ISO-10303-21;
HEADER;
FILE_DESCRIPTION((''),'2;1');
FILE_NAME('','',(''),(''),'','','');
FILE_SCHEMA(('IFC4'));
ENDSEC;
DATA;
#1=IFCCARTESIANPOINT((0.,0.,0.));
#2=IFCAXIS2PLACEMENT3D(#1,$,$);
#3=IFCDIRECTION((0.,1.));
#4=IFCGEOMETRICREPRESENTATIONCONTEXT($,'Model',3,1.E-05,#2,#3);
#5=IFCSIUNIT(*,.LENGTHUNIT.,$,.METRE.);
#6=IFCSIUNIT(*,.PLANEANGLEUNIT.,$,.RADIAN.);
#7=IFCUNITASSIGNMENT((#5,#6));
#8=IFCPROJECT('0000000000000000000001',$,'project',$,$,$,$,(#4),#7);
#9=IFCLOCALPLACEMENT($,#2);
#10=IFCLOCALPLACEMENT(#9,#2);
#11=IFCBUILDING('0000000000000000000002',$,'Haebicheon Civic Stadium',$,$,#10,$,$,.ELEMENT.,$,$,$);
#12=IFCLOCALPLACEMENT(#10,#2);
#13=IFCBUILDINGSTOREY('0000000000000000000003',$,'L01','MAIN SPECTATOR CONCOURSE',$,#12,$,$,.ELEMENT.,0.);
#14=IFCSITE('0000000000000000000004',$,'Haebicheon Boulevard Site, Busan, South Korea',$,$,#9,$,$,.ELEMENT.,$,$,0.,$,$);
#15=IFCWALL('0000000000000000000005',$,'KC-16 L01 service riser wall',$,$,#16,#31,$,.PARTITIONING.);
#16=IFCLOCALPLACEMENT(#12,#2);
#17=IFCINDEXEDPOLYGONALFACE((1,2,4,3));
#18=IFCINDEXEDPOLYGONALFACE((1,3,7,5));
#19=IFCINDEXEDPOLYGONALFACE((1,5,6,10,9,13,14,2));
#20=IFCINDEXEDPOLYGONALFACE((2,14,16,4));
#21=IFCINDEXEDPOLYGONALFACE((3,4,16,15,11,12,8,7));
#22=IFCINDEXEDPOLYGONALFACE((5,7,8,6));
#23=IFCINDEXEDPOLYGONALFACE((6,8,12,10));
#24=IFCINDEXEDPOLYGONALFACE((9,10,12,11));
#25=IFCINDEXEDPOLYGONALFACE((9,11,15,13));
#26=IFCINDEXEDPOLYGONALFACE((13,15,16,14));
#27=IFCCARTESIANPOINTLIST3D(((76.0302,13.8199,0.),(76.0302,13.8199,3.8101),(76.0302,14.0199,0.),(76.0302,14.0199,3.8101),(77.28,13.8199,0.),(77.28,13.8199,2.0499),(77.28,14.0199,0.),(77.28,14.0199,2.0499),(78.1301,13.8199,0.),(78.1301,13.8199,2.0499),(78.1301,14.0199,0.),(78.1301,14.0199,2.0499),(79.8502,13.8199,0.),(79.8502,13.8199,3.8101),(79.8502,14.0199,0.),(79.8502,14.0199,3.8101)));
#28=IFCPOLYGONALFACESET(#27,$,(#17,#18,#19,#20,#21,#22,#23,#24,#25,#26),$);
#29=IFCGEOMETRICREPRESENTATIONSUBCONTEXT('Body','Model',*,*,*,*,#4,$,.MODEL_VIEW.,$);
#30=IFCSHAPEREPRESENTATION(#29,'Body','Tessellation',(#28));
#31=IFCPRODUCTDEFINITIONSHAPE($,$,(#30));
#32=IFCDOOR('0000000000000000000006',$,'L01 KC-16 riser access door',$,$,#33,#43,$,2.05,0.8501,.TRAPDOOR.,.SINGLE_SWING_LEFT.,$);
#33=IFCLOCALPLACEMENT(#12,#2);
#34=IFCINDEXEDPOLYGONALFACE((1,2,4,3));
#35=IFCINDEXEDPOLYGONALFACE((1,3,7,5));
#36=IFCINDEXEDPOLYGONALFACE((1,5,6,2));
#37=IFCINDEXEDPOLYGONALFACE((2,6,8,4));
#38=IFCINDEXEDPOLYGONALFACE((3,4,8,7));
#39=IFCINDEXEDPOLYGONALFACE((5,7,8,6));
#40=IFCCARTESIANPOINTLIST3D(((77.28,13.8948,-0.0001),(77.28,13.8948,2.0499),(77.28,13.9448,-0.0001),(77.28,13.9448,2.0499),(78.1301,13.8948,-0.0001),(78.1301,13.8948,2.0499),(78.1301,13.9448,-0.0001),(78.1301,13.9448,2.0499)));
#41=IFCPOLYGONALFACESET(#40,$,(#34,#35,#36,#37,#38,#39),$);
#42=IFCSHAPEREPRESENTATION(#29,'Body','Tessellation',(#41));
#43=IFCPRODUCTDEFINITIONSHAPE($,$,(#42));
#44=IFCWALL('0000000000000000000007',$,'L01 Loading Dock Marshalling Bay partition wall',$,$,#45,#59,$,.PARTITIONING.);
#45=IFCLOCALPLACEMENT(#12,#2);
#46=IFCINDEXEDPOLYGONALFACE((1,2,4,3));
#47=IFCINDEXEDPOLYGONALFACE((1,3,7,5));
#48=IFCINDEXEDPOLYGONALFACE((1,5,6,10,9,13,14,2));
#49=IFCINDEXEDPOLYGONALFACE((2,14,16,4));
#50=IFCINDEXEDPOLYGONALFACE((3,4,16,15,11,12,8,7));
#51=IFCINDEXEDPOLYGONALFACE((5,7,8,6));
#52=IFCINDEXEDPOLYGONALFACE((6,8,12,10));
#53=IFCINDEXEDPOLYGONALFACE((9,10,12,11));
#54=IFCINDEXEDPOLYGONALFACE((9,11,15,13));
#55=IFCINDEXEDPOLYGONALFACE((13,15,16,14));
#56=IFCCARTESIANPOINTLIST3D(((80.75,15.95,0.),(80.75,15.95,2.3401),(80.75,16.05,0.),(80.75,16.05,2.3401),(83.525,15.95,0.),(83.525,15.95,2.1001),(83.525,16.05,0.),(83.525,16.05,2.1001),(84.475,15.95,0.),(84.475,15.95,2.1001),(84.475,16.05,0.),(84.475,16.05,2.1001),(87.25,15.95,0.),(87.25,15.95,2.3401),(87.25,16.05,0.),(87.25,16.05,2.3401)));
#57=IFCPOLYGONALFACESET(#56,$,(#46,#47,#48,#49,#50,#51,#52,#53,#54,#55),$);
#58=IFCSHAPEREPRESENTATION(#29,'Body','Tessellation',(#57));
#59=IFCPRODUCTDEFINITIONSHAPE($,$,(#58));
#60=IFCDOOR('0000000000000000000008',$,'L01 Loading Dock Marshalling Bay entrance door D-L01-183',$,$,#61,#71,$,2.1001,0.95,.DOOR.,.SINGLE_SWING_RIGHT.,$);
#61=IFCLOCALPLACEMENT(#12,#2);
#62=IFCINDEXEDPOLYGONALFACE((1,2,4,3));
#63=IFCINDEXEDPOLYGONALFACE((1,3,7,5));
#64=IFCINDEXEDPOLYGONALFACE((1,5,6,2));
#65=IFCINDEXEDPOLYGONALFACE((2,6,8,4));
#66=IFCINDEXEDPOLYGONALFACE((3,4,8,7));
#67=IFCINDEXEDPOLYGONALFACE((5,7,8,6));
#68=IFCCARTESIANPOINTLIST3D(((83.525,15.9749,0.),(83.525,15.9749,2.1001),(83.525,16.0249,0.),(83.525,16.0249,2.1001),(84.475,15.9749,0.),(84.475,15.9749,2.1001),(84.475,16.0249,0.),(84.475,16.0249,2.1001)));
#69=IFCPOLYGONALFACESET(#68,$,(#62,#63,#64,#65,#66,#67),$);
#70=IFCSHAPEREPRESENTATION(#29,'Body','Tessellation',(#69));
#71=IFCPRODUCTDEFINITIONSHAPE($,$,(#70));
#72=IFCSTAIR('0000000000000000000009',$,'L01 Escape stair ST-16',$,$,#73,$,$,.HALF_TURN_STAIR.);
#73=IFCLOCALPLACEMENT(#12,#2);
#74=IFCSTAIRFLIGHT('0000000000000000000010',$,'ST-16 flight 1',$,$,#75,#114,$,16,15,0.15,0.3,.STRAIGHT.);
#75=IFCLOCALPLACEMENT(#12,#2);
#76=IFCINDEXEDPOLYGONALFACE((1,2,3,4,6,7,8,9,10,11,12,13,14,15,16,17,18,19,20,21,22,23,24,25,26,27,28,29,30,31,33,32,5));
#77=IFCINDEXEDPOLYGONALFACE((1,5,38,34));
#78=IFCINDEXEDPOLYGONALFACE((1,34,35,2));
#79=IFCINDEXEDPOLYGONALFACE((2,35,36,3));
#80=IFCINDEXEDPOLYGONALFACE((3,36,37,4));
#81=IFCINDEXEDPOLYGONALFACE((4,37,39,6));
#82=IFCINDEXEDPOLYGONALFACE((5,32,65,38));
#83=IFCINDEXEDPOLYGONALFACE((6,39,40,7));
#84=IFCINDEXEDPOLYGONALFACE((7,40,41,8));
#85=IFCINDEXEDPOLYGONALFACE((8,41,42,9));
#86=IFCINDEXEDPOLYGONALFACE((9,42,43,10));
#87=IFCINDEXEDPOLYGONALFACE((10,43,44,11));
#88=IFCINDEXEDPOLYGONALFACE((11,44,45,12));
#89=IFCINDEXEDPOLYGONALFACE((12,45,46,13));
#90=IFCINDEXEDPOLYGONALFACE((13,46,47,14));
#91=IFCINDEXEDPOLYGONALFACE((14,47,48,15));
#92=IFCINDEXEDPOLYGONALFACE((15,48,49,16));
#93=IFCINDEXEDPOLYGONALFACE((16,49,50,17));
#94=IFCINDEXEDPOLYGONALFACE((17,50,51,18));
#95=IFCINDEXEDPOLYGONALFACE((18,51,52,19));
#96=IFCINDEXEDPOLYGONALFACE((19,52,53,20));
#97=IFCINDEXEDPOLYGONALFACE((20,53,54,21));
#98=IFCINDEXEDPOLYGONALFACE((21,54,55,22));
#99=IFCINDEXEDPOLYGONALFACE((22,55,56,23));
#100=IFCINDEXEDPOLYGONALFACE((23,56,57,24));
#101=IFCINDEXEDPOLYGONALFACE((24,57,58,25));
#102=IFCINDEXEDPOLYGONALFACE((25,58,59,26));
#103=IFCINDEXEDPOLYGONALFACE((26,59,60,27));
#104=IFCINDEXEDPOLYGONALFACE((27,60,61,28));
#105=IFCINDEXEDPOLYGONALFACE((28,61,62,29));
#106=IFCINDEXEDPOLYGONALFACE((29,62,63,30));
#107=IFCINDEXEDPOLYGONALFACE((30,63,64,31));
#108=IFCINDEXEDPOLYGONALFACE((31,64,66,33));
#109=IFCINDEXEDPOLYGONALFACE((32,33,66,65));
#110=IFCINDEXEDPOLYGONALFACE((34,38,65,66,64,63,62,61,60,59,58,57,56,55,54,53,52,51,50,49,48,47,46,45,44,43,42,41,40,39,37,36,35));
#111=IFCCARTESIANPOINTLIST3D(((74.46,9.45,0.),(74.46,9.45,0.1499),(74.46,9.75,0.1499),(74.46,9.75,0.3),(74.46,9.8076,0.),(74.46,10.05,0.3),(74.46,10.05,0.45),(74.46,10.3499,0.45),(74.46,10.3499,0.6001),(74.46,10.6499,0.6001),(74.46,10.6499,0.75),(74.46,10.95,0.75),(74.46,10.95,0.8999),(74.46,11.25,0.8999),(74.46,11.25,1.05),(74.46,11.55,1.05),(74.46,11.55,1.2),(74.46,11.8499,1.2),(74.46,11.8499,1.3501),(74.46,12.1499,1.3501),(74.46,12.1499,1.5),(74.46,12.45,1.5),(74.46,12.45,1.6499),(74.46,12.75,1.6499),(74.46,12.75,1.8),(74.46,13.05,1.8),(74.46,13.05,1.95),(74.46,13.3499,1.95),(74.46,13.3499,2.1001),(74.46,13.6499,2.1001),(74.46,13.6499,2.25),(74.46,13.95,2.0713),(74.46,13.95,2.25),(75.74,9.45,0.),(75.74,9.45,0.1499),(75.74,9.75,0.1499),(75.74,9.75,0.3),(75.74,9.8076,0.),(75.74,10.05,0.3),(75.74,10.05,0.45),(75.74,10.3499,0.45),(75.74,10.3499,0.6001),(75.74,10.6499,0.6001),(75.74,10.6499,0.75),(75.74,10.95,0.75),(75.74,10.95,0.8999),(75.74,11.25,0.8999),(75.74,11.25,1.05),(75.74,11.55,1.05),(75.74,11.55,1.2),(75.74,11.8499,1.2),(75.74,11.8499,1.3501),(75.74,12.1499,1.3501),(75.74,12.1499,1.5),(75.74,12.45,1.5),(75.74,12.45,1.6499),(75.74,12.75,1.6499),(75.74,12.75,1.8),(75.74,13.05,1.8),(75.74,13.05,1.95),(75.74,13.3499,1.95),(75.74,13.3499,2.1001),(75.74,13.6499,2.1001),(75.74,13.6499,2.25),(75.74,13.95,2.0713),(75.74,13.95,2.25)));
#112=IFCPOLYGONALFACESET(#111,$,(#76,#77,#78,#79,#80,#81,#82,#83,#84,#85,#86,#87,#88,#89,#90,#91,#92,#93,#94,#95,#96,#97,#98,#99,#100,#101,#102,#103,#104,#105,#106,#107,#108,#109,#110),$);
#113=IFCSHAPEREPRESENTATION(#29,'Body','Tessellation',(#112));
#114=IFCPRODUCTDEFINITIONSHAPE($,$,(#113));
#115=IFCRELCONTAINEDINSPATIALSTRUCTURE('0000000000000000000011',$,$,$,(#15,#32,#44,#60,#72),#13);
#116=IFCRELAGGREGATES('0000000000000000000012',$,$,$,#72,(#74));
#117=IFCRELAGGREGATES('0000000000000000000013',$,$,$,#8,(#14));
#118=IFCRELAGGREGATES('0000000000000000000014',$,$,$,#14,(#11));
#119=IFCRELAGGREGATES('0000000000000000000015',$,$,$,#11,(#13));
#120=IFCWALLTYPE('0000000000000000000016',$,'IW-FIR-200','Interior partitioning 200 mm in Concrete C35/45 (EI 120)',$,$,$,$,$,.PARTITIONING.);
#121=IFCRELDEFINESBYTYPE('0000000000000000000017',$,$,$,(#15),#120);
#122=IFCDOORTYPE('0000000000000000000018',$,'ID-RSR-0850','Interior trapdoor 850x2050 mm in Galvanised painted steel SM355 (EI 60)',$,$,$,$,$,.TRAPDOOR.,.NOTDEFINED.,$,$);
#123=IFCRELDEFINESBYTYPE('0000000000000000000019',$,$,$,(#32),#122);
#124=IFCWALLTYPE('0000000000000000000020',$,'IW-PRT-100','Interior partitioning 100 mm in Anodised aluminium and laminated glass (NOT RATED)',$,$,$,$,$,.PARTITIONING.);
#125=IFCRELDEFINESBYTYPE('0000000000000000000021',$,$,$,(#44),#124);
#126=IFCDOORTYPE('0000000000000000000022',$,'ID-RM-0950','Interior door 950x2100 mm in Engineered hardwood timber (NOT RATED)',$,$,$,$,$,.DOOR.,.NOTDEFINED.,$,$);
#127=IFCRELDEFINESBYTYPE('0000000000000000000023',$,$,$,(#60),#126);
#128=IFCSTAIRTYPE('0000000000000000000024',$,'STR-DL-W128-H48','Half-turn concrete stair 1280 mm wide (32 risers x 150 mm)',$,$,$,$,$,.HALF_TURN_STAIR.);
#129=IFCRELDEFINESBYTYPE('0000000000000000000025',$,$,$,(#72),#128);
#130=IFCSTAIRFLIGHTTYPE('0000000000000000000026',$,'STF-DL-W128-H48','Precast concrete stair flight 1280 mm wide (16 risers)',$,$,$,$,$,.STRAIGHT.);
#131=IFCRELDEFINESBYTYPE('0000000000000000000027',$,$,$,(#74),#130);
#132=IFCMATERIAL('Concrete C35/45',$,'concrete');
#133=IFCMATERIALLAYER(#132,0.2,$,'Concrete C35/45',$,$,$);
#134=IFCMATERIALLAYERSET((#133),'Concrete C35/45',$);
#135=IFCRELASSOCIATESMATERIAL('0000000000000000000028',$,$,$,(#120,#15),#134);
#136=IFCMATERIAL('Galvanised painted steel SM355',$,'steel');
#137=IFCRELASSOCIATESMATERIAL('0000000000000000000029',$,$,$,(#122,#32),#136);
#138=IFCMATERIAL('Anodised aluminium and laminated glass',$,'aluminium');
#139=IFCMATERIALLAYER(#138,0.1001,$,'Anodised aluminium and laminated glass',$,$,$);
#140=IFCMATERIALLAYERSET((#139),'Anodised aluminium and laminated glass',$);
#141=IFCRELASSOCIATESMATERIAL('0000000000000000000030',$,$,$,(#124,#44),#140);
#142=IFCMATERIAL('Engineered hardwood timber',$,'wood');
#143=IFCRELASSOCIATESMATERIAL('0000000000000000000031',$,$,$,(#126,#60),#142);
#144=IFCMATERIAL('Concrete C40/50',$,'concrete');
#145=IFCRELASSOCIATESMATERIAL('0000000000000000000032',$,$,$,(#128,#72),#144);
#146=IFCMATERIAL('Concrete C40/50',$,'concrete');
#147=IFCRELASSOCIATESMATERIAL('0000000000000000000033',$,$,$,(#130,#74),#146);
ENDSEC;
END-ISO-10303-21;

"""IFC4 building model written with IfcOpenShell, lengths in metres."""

from ifc_helpers import new_model, si_unit, direction, frame, frame_2d, origin, place, context, subcontext, project, spatial, polyline, rectangle, outline, extrude, material, layer, layer_set, type_object, element, fill, aggregate, save


model = new_model("IFC4")

# Units and contexts
model_context = context("Model", 3, precision=1e-05, world=origin(), true_north=direction((0.0, 1.0)))
body_context = subcontext(model_context, "Body", "Model", "MODEL_VIEW")
ifc_project = project(units=[si_unit("LENGTHUNIT", "METRE"), si_unit("PLANEANGLEUNIT", "RADIAN")], contexts=[model_context])

# Site, building, storey
site_placement = place(None, origin())
site = spatial("IfcSite", under=ifc_project, at=site_placement, Name="Haebicheon Boulevard Site, Busan, South Korea", CompositionType="ELEMENT", RefElevation=0.0)
building_placement = place(site_placement, origin())
building = spatial("IfcBuilding", under=site, at=building_placement, Name="Haebicheon Civic Stadium", CompositionType="ELEMENT")
storey_placement = place(building_placement, origin())
storey = spatial("IfcBuildingStorey", under=building, at=storey_placement, Name="L01", Description="MAIN SPECTATOR CONCOURSE", CompositionType="ELEMENT", Elevation=0.0)

# Walls, openings, doors
ifc_material_1 = material(Name="Concrete C35/45", Category="concrete")
ifc_layer_1 = layer(ifc_material_1, 0.2, Name="Concrete C35/45")
ifc_layer_set_1 = layer_set([ifc_layer_1], Name="Concrete C35/45")
wall_type_1 = type_object("IfcWallType", Name="IW-FIR-200", Description="Interior partitioning 200 mm in Concrete C35/45 (EI 120)", PredefinedType="PARTITIONING", material=ifc_layer_set_1)
wall_1_placement = place(storey_placement, frame((76.03, 13.9199, 0.0), z_axis=(0.0, 0.0, 1.0), x_axis=(1.0, 0.0, 0.0)))
wall_1 = element("IfcWall", 1, at=wall_1_placement, inside=storey, type_object=wall_type_1, material=ifc_layer_set_1, Name="KC-16 L01 service riser wall", PredefinedType="PARTITIONING", context=body_context, shape_type="SweptSolid", body=[
    extrude(rectangle(XDim=3.8201, YDim=0.2, at=frame_2d((1.9102, 0.0))), origin(), (0.0, 0.0, 1.0), 3.8101),
])
opening_1_placement = place(wall_1_placement, frame((1.25, 0.0, 0.0)))
opening_1 = element("IfcOpeningElement", 2, at=opening_1_placement, cuts=wall_1, PredefinedType="OPENING", context=body_context, shape_type="SweptSolid", body=[
    extrude(rectangle(XDim=0.8501, YDim=2.05, at=frame_2d((0.425, 1.0249))), frame((0.0, 0.1099, 0.0), z_axis=(0.0, -1.0, 0.0), x_axis=(1.0, 0.0, 0.0)), (0.0, 0.0, 1.0), 0.22),
])
ifc_material_2 = material(Name="Galvanised painted steel SM355", Category="steel")
door_type_1 = type_object("IfcDoorType", Name="ID-RSR-0850", Description="Interior trapdoor 850x2050 mm in Galvanised painted steel SM355 (EI 60)", OperationType="NOTDEFINED", PredefinedType="TRAPDOOR", material=ifc_material_2)
door_1_placement = place(opening_1_placement, origin())
door_1 = element("IfcDoor", 3, at=door_1_placement, inside=storey, type_object=door_type_1, material=ifc_material_2, Name="L01 KC-16 riser access door", OperationType="SINGLE_SWING_LEFT", OverallHeight=2.05, OverallWidth=0.8501, PredefinedType="TRAPDOOR", context=body_context, shape_type="SweptSolid", body=[
    extrude(rectangle(XDim=0.8501, YDim=2.05, at=frame_2d((0.425, 1.0249))), frame((0.0, 0.0249, 0.0), z_axis=(0.0, -1.0, 0.0), x_axis=(1.0, 0.0, 0.0)), (0.0, 0.0, 1.0), 0.05),
])
fill(opening_1, door_1)
ifc_material_3 = material(Name="Anodised aluminium and laminated glass", Category="aluminium")
ifc_layer_2 = layer(ifc_material_3, 0.1001, Name="Anodised aluminium and laminated glass")
ifc_layer_set_2 = layer_set([ifc_layer_2], Name="Anodised aluminium and laminated glass")
wall_type_2 = type_object("IfcWallType", Name="IW-PRT-100", Description="Interior partitioning 100 mm in Anodised aluminium and laminated glass (NOT RATED)", PredefinedType="PARTITIONING", material=ifc_layer_set_2)
wall_2_placement = place(storey_placement, frame((80.75, 16.0, 0.0), z_axis=(0.0, 0.0, 1.0), x_axis=(1.0, 0.0, 0.0)))
wall_2 = element("IfcWall", 4, at=wall_2_placement, inside=storey, type_object=wall_type_2, material=ifc_layer_set_2, Name="L01 Loading Dock Marshalling Bay partition wall", PredefinedType="PARTITIONING", context=body_context, shape_type="SweptSolid", body=[
    extrude(rectangle(XDim=6.5, YDim=0.1001, at=frame_2d((3.25, 0.0))), origin(), (0.0, 0.0, 1.0), 2.3401),
])
opening_2_placement = place(wall_2_placement, frame((2.7749, 0.0, 0.0)))
opening_2 = element("IfcOpeningElement", 5, at=opening_2_placement, cuts=wall_2, PredefinedType="OPENING", context=body_context, shape_type="SweptSolid", body=[
    extrude(rectangle(XDim=0.95, YDim=2.1001, at=frame_2d((0.4751, 1.05))), frame((0.0, 0.0601, 0.0), z_axis=(0.0, -1.0, 0.0), x_axis=(1.0, 0.0, 0.0)), (0.0, 0.0, 1.0), 0.1201),
])
ifc_material_4 = material(Name="Engineered hardwood timber", Category="wood")
door_type_2 = type_object("IfcDoorType", Name="ID-RM-0950", Description="Interior door 950x2100 mm in Engineered hardwood timber (NOT RATED)", OperationType="NOTDEFINED", PredefinedType="DOOR", material=ifc_material_4)
door_2_placement = place(opening_2_placement, origin())
door_2 = element("IfcDoor", 6, at=door_2_placement, inside=storey, type_object=door_type_2, material=ifc_material_4, Name="L01 Loading Dock Marshalling Bay entrance door D-L01-183", OperationType="SINGLE_SWING_RIGHT", OverallHeight=2.1001, OverallWidth=0.95, PredefinedType="DOOR", context=body_context, shape_type="SweptSolid", body=[
    extrude(rectangle(XDim=0.95, YDim=2.1001, at=frame_2d((0.4751, 1.05))), frame((0.0, 0.0249, 0.0), z_axis=(0.0, -1.0, 0.0), x_axis=(1.0, 0.0, 0.0)), (0.0, 0.0, 1.0), 0.05),
])
fill(opening_2, door_2)

# Stair, stair flight
ifc_material_5 = material(Name="Concrete C40/50", Category="concrete")
stair_type = type_object("IfcStairType", Name="STR-DL-W128-H48", Description="Half-turn concrete stair 1280 mm wide (32 risers x 150 mm)", PredefinedType="HALF_TURN_STAIR", material=ifc_material_5)
stair_placement = place(storey_placement, origin())
stair = element("IfcStair", 7, at=stair_placement, inside=storey, type_object=stair_type, material=ifc_material_5, Name="L01 Escape stair ST-16", PredefinedType="HALF_TURN_STAIR")
ifc_material_6 = material(Name="Concrete C40/50", Category="concrete")
stair_flight_type = type_object("IfcStairFlightType", Name="STF-DL-W128-H48", Description="Precast concrete stair flight 1280 mm wide (16 risers)", PredefinedType="STRAIGHT", material=ifc_material_6)
stair_flight_placement = place(storey_placement, frame((75.1001, 9.45, 0.0), z_axis=(0.0, 0.0, 1.0), x_axis=(0.0, 1.0, 0.0)))
stair_flight = element("IfcStairFlight", 8, at=stair_flight_placement, type_object=stair_flight_type, material=ifc_material_6, Name="ST-16 flight 1", NumberOfRisers=16, NumberOfTreads=15, PredefinedType="STRAIGHT", RiserHeight=0.15, TreadLength=0.3, context=body_context, shape_type="SweptSolid", body=[
    extrude(outline(polyline([(0.0, 0.0), (0.0, 0.1499), (0.3, 0.1499), (0.3, 0.3), (0.6001, 0.3), (0.6001, 0.45), (0.8999, 0.45), (0.8999, 0.6001), (1.2, 0.6001), (1.2, 0.75), (1.5, 0.75), (1.5, 0.8999), (1.8, 0.8999), (1.8, 1.05), (2.1001, 1.05), (2.1001, 1.2), (2.3999, 1.2), (2.3999, 1.3501), (2.7, 1.3501), (2.7, 1.5), (3.0, 1.5), (3.0, 1.6499), (3.3, 1.6499), (3.3, 1.8), (3.6001, 1.8), (3.6001, 1.95), (3.8999, 1.95), (3.8999, 2.1001), (4.2, 2.1001), (4.2, 2.25), (4.5, 2.25), (4.5, 2.3999), (4.5, 2.0713), (0.3577, 0.0), (0.0, 0.0)])), frame((0.0, 0.6401, 0.0), z_axis=(0.0, -1.0, 0.0), x_axis=(1.0, 0.0, 0.0)), (0.0, 0.0, 1.0), 1.28),
])
aggregate(stair, [stair_flight])

save(model, "model.ifc")
